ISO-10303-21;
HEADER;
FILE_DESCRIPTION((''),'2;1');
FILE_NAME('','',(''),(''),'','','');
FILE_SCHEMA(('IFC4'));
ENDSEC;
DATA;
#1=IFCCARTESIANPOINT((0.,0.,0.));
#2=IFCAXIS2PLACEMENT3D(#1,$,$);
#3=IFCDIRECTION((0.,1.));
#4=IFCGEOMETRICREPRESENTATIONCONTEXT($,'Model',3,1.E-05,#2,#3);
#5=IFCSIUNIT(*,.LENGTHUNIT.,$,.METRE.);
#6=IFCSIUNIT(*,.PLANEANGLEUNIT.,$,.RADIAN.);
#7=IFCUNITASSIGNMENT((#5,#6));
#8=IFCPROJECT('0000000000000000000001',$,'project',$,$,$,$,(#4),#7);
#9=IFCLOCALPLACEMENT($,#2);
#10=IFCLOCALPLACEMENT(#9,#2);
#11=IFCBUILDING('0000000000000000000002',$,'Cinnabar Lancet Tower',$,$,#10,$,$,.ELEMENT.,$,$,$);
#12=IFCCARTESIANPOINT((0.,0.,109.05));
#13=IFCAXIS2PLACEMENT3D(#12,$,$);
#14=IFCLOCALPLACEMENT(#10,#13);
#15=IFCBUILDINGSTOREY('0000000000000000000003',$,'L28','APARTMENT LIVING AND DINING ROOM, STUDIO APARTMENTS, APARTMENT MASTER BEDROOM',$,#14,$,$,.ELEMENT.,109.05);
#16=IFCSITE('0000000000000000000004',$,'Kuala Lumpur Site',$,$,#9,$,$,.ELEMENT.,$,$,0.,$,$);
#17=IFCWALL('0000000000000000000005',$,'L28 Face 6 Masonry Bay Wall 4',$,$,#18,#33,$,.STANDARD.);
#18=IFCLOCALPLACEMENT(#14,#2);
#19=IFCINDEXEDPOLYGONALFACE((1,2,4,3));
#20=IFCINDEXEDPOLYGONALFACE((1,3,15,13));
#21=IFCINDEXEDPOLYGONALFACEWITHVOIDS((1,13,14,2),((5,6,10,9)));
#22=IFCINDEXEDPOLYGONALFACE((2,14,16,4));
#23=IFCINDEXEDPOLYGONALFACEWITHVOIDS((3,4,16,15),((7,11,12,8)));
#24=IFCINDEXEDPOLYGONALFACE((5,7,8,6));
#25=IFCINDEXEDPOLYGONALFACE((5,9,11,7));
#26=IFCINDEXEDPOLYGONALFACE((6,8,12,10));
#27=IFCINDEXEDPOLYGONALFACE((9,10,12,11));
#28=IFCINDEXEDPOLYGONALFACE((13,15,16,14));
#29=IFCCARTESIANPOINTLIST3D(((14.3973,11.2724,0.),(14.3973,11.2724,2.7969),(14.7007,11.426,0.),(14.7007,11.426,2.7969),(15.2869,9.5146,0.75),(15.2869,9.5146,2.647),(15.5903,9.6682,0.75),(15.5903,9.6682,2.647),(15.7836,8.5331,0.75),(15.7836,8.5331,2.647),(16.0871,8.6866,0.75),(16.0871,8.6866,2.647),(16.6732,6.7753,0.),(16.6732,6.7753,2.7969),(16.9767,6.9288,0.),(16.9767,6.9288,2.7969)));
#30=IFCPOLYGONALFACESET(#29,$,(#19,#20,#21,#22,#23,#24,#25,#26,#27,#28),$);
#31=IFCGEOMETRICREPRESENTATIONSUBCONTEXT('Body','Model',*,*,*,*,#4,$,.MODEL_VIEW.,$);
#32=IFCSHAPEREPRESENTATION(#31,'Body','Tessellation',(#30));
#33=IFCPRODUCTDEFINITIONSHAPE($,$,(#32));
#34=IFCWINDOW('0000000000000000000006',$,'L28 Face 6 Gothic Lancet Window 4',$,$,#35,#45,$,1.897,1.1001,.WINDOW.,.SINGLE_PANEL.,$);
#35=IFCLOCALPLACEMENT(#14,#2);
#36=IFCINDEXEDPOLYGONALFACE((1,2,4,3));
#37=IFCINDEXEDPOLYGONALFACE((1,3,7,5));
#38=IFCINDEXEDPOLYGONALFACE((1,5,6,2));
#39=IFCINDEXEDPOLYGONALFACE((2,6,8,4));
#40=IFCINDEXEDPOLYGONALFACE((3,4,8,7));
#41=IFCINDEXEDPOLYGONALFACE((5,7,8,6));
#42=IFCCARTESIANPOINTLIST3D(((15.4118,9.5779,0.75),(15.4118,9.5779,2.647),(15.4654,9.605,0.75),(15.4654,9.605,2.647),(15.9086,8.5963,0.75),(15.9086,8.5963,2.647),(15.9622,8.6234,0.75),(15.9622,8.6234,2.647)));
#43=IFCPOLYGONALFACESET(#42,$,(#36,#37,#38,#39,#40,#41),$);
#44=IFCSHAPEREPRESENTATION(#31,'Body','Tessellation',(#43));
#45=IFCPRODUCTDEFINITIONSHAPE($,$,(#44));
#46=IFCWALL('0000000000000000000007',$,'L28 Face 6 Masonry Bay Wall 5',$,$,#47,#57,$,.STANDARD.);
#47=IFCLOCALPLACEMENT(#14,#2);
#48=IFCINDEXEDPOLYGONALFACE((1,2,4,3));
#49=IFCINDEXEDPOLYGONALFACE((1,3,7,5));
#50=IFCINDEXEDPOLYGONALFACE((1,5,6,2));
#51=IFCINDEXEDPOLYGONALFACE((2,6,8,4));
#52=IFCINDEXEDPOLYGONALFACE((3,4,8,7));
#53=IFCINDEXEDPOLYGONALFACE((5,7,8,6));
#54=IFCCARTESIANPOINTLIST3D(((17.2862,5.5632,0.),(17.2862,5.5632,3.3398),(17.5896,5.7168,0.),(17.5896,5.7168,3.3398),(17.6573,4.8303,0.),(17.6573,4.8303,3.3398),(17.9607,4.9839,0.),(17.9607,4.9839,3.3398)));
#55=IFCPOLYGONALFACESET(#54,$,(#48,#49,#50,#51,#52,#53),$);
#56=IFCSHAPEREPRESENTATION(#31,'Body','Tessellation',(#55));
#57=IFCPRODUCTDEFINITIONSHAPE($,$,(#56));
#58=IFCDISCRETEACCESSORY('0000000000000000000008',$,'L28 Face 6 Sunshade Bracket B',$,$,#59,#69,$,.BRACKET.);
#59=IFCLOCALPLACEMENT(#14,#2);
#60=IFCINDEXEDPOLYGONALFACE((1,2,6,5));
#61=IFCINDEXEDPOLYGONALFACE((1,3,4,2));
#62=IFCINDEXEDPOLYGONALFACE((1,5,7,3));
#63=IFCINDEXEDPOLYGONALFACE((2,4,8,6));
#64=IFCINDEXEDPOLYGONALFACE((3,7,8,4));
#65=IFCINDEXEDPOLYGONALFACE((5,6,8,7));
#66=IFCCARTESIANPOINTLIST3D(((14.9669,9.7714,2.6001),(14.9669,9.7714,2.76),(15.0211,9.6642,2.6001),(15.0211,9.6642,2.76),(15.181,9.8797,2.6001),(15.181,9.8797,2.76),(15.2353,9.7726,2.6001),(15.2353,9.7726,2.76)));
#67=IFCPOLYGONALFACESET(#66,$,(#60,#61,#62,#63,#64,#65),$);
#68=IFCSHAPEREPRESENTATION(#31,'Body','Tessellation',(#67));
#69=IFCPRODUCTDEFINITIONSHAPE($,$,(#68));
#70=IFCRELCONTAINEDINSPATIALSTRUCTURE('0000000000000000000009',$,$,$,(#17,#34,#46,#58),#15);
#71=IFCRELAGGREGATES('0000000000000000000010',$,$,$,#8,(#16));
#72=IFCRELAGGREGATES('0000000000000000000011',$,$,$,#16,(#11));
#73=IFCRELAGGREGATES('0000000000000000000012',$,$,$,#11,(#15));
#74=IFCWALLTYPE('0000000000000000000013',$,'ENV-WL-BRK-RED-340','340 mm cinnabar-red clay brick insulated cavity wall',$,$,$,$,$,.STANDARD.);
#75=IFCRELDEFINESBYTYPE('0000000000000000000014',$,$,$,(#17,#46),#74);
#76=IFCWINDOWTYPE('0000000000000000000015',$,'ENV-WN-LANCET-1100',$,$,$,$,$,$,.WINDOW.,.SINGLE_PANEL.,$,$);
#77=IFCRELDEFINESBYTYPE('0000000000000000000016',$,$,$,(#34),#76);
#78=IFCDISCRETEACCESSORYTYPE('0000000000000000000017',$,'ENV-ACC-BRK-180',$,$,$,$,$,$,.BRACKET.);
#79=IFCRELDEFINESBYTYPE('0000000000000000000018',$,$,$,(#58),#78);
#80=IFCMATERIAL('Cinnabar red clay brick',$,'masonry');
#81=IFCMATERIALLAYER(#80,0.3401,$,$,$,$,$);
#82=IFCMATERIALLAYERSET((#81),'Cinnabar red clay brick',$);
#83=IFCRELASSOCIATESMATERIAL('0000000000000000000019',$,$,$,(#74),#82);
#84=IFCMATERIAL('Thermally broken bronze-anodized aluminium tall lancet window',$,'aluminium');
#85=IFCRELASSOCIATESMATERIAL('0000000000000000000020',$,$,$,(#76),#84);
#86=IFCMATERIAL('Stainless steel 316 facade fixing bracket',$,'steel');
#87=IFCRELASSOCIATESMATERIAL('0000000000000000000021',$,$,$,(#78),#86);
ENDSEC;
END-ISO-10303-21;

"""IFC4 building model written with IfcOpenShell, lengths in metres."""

from ifc_helpers import new_model, si_unit, direction, frame, frame_2d, origin, origin_2d, place, context, subcontext, project, spatial, rectangle, extrude, material, layer, layer_set, type_object, element, fill, save


model = new_model("IFC4")

# Units and contexts
model_context = context("Model", 3, precision=1e-05, world=origin(), true_north=direction((0.0, 1.0)))
body_context = subcontext(model_context, "Body", "Model", "MODEL_VIEW")
ifc_project = project(units=[si_unit("LENGTHUNIT", "METRE"), si_unit("PLANEANGLEUNIT", "RADIAN")], contexts=[model_context])

# Site, building, storey
site_placement = place(None, origin())
site = spatial("IfcSite", under=ifc_project, at=site_placement, Name="Kuala Lumpur Site", CompositionType="ELEMENT", RefElevation=0.0)
building_placement = place(site_placement, origin())
building = spatial("IfcBuilding", under=site, at=building_placement, Name="Cinnabar Lancet Tower", CompositionType="ELEMENT")
storey_placement = place(building_placement, frame((0.0, 0.0, 109.05)))
storey = spatial("IfcBuildingStorey", under=building, at=storey_placement, Name="L28", Description="APARTMENT LIVING AND DINING ROOM, STUDIO APARTMENTS, APARTMENT MASTER BEDROOM", CompositionType="ELEMENT", Elevation=109.05)

# Shared definitions
ifc_material_1 = material(Name="Cinnabar red clay brick", Category="masonry")
ifc_layer_1 = layer(ifc_material_1, 0.3401)
ifc_layer_set_1 = layer_set([ifc_layer_1], Name="Cinnabar red clay brick")
wall_type = type_object("IfcWallType", Name="ENV-WL-BRK-RED-340", Description="340 mm cinnabar-red clay brick insulated cavity wall", PredefinedType="STANDARD", material=ifc_layer_set_1)

# Wall, opening, window
wall_1_placement = place(storey_placement, frame((14.5491, 11.3491, 0.0), z_axis=(0.0, 0.0, 1.0), x_axis=(0.451548, -0.892247, 0.0)))
wall_1 = element("IfcWall", 1, at=wall_1_placement, inside=storey, type_object=wall_type, Name="L28 Face 6 Masonry Bay Wall 4", PredefinedType="STANDARD", context=body_context, shape_type="SweptSolid", body=[
    extrude(rectangle(XDim=5.0403, YDim=0.3401, at=frame_2d((2.52, 0.0))), origin(), (0.0, 0.0, 1.0), 2.7969),
])
opening_placement = place(wall_1_placement, frame((1.97, 0.0, 0.75)))
opening = element("IfcOpeningElement", 2, at=opening_placement, cuts=wall_1, PredefinedType="OPENING", context=body_context, shape_type="SweptSolid", body=[
    extrude(rectangle(XDim=1.1001, YDim=1.897, at=frame_2d((0.55, 0.9485))), frame((0.0, 0.1799, 0.0), z_axis=(0.0, -1.0, 0.0), x_axis=(1.0, 0.0, 0.0)), (0.0, 0.0, 1.0), 0.3601),
])
ifc_material_2 = material(Name="Thermally broken bronze-anodized aluminium tall lancet window", Category="aluminium")
window_type = type_object("IfcWindowType", Name="ENV-WN-LANCET-1100", PartitioningType="SINGLE_PANEL", PredefinedType="WINDOW", material=ifc_material_2)
window_placement = place(opening_placement, origin())
window = element("IfcWindow", 3, at=window_placement, inside=storey, type_object=window_type, Name="L28 Face 6 Gothic Lancet Window 4", OverallHeight=1.897, OverallWidth=1.1001, PartitioningType="SINGLE_PANEL", PredefinedType="WINDOW", context=body_context, shape_type="SweptSolid", body=[
    extrude(rectangle(XDim=1.1001, YDim=1.897, at=frame_2d((0.55, 0.9485))), frame((0.0, 0.03, 0.0), z_axis=(0.0, -1.0, 0.0), x_axis=(1.0, 0.0, 0.0)), (0.0, 0.0, 1.0), 0.0601),
])
fill(opening, window)

# Wall
wall_2_placement = place(storey_placement, frame((17.438, 5.6399, 0.0), z_axis=(0.0, 0.0, 1.0), x_axis=(0.451725, -0.892157, 0.0)))
element("IfcWall", 4, at=wall_2_placement, inside=storey, type_object=wall_type, Name="L28 Face 6 Masonry Bay Wall 5", PredefinedType="STANDARD", context=body_context, shape_type="SweptSolid", body=[
    extrude(rectangle(XDim=0.8215, YDim=0.3401, at=frame_2d((0.4106, 0.0))), origin(), (0.0, 0.0, 1.0), 3.3398),
])

# Discrete accessory
ifc_material_3 = material(Name="Stainless steel 316 facade fixing bracket", Category="steel")
discrete_accessory_type = type_object("IfcDiscreteAccessoryType", Name="ENV-ACC-BRK-180", PredefinedType="BRACKET", material=ifc_material_3)
discrete_accessory_placement = place(storey_placement, frame((15.1011, 9.772, 2.6001), z_axis=(0.0, 0.0, 1.0), x_axis=(0.451454, -0.892294, 0.0)))
element("IfcDiscreteAccessory", 5, at=discrete_accessory_placement, inside=storey, type_object=discrete_accessory_type, Name="L28 Face 6 Sunshade Bracket B", PredefinedType="BRACKET", context=body_context, shape_type="SweptSolid", body=[
    extrude(rectangle(XDim=0.1201, YDim=0.24, at=origin_2d()), origin(), (0.0, 0.0, 1.0), 0.1599),
])

save(model, "model.ifc")
